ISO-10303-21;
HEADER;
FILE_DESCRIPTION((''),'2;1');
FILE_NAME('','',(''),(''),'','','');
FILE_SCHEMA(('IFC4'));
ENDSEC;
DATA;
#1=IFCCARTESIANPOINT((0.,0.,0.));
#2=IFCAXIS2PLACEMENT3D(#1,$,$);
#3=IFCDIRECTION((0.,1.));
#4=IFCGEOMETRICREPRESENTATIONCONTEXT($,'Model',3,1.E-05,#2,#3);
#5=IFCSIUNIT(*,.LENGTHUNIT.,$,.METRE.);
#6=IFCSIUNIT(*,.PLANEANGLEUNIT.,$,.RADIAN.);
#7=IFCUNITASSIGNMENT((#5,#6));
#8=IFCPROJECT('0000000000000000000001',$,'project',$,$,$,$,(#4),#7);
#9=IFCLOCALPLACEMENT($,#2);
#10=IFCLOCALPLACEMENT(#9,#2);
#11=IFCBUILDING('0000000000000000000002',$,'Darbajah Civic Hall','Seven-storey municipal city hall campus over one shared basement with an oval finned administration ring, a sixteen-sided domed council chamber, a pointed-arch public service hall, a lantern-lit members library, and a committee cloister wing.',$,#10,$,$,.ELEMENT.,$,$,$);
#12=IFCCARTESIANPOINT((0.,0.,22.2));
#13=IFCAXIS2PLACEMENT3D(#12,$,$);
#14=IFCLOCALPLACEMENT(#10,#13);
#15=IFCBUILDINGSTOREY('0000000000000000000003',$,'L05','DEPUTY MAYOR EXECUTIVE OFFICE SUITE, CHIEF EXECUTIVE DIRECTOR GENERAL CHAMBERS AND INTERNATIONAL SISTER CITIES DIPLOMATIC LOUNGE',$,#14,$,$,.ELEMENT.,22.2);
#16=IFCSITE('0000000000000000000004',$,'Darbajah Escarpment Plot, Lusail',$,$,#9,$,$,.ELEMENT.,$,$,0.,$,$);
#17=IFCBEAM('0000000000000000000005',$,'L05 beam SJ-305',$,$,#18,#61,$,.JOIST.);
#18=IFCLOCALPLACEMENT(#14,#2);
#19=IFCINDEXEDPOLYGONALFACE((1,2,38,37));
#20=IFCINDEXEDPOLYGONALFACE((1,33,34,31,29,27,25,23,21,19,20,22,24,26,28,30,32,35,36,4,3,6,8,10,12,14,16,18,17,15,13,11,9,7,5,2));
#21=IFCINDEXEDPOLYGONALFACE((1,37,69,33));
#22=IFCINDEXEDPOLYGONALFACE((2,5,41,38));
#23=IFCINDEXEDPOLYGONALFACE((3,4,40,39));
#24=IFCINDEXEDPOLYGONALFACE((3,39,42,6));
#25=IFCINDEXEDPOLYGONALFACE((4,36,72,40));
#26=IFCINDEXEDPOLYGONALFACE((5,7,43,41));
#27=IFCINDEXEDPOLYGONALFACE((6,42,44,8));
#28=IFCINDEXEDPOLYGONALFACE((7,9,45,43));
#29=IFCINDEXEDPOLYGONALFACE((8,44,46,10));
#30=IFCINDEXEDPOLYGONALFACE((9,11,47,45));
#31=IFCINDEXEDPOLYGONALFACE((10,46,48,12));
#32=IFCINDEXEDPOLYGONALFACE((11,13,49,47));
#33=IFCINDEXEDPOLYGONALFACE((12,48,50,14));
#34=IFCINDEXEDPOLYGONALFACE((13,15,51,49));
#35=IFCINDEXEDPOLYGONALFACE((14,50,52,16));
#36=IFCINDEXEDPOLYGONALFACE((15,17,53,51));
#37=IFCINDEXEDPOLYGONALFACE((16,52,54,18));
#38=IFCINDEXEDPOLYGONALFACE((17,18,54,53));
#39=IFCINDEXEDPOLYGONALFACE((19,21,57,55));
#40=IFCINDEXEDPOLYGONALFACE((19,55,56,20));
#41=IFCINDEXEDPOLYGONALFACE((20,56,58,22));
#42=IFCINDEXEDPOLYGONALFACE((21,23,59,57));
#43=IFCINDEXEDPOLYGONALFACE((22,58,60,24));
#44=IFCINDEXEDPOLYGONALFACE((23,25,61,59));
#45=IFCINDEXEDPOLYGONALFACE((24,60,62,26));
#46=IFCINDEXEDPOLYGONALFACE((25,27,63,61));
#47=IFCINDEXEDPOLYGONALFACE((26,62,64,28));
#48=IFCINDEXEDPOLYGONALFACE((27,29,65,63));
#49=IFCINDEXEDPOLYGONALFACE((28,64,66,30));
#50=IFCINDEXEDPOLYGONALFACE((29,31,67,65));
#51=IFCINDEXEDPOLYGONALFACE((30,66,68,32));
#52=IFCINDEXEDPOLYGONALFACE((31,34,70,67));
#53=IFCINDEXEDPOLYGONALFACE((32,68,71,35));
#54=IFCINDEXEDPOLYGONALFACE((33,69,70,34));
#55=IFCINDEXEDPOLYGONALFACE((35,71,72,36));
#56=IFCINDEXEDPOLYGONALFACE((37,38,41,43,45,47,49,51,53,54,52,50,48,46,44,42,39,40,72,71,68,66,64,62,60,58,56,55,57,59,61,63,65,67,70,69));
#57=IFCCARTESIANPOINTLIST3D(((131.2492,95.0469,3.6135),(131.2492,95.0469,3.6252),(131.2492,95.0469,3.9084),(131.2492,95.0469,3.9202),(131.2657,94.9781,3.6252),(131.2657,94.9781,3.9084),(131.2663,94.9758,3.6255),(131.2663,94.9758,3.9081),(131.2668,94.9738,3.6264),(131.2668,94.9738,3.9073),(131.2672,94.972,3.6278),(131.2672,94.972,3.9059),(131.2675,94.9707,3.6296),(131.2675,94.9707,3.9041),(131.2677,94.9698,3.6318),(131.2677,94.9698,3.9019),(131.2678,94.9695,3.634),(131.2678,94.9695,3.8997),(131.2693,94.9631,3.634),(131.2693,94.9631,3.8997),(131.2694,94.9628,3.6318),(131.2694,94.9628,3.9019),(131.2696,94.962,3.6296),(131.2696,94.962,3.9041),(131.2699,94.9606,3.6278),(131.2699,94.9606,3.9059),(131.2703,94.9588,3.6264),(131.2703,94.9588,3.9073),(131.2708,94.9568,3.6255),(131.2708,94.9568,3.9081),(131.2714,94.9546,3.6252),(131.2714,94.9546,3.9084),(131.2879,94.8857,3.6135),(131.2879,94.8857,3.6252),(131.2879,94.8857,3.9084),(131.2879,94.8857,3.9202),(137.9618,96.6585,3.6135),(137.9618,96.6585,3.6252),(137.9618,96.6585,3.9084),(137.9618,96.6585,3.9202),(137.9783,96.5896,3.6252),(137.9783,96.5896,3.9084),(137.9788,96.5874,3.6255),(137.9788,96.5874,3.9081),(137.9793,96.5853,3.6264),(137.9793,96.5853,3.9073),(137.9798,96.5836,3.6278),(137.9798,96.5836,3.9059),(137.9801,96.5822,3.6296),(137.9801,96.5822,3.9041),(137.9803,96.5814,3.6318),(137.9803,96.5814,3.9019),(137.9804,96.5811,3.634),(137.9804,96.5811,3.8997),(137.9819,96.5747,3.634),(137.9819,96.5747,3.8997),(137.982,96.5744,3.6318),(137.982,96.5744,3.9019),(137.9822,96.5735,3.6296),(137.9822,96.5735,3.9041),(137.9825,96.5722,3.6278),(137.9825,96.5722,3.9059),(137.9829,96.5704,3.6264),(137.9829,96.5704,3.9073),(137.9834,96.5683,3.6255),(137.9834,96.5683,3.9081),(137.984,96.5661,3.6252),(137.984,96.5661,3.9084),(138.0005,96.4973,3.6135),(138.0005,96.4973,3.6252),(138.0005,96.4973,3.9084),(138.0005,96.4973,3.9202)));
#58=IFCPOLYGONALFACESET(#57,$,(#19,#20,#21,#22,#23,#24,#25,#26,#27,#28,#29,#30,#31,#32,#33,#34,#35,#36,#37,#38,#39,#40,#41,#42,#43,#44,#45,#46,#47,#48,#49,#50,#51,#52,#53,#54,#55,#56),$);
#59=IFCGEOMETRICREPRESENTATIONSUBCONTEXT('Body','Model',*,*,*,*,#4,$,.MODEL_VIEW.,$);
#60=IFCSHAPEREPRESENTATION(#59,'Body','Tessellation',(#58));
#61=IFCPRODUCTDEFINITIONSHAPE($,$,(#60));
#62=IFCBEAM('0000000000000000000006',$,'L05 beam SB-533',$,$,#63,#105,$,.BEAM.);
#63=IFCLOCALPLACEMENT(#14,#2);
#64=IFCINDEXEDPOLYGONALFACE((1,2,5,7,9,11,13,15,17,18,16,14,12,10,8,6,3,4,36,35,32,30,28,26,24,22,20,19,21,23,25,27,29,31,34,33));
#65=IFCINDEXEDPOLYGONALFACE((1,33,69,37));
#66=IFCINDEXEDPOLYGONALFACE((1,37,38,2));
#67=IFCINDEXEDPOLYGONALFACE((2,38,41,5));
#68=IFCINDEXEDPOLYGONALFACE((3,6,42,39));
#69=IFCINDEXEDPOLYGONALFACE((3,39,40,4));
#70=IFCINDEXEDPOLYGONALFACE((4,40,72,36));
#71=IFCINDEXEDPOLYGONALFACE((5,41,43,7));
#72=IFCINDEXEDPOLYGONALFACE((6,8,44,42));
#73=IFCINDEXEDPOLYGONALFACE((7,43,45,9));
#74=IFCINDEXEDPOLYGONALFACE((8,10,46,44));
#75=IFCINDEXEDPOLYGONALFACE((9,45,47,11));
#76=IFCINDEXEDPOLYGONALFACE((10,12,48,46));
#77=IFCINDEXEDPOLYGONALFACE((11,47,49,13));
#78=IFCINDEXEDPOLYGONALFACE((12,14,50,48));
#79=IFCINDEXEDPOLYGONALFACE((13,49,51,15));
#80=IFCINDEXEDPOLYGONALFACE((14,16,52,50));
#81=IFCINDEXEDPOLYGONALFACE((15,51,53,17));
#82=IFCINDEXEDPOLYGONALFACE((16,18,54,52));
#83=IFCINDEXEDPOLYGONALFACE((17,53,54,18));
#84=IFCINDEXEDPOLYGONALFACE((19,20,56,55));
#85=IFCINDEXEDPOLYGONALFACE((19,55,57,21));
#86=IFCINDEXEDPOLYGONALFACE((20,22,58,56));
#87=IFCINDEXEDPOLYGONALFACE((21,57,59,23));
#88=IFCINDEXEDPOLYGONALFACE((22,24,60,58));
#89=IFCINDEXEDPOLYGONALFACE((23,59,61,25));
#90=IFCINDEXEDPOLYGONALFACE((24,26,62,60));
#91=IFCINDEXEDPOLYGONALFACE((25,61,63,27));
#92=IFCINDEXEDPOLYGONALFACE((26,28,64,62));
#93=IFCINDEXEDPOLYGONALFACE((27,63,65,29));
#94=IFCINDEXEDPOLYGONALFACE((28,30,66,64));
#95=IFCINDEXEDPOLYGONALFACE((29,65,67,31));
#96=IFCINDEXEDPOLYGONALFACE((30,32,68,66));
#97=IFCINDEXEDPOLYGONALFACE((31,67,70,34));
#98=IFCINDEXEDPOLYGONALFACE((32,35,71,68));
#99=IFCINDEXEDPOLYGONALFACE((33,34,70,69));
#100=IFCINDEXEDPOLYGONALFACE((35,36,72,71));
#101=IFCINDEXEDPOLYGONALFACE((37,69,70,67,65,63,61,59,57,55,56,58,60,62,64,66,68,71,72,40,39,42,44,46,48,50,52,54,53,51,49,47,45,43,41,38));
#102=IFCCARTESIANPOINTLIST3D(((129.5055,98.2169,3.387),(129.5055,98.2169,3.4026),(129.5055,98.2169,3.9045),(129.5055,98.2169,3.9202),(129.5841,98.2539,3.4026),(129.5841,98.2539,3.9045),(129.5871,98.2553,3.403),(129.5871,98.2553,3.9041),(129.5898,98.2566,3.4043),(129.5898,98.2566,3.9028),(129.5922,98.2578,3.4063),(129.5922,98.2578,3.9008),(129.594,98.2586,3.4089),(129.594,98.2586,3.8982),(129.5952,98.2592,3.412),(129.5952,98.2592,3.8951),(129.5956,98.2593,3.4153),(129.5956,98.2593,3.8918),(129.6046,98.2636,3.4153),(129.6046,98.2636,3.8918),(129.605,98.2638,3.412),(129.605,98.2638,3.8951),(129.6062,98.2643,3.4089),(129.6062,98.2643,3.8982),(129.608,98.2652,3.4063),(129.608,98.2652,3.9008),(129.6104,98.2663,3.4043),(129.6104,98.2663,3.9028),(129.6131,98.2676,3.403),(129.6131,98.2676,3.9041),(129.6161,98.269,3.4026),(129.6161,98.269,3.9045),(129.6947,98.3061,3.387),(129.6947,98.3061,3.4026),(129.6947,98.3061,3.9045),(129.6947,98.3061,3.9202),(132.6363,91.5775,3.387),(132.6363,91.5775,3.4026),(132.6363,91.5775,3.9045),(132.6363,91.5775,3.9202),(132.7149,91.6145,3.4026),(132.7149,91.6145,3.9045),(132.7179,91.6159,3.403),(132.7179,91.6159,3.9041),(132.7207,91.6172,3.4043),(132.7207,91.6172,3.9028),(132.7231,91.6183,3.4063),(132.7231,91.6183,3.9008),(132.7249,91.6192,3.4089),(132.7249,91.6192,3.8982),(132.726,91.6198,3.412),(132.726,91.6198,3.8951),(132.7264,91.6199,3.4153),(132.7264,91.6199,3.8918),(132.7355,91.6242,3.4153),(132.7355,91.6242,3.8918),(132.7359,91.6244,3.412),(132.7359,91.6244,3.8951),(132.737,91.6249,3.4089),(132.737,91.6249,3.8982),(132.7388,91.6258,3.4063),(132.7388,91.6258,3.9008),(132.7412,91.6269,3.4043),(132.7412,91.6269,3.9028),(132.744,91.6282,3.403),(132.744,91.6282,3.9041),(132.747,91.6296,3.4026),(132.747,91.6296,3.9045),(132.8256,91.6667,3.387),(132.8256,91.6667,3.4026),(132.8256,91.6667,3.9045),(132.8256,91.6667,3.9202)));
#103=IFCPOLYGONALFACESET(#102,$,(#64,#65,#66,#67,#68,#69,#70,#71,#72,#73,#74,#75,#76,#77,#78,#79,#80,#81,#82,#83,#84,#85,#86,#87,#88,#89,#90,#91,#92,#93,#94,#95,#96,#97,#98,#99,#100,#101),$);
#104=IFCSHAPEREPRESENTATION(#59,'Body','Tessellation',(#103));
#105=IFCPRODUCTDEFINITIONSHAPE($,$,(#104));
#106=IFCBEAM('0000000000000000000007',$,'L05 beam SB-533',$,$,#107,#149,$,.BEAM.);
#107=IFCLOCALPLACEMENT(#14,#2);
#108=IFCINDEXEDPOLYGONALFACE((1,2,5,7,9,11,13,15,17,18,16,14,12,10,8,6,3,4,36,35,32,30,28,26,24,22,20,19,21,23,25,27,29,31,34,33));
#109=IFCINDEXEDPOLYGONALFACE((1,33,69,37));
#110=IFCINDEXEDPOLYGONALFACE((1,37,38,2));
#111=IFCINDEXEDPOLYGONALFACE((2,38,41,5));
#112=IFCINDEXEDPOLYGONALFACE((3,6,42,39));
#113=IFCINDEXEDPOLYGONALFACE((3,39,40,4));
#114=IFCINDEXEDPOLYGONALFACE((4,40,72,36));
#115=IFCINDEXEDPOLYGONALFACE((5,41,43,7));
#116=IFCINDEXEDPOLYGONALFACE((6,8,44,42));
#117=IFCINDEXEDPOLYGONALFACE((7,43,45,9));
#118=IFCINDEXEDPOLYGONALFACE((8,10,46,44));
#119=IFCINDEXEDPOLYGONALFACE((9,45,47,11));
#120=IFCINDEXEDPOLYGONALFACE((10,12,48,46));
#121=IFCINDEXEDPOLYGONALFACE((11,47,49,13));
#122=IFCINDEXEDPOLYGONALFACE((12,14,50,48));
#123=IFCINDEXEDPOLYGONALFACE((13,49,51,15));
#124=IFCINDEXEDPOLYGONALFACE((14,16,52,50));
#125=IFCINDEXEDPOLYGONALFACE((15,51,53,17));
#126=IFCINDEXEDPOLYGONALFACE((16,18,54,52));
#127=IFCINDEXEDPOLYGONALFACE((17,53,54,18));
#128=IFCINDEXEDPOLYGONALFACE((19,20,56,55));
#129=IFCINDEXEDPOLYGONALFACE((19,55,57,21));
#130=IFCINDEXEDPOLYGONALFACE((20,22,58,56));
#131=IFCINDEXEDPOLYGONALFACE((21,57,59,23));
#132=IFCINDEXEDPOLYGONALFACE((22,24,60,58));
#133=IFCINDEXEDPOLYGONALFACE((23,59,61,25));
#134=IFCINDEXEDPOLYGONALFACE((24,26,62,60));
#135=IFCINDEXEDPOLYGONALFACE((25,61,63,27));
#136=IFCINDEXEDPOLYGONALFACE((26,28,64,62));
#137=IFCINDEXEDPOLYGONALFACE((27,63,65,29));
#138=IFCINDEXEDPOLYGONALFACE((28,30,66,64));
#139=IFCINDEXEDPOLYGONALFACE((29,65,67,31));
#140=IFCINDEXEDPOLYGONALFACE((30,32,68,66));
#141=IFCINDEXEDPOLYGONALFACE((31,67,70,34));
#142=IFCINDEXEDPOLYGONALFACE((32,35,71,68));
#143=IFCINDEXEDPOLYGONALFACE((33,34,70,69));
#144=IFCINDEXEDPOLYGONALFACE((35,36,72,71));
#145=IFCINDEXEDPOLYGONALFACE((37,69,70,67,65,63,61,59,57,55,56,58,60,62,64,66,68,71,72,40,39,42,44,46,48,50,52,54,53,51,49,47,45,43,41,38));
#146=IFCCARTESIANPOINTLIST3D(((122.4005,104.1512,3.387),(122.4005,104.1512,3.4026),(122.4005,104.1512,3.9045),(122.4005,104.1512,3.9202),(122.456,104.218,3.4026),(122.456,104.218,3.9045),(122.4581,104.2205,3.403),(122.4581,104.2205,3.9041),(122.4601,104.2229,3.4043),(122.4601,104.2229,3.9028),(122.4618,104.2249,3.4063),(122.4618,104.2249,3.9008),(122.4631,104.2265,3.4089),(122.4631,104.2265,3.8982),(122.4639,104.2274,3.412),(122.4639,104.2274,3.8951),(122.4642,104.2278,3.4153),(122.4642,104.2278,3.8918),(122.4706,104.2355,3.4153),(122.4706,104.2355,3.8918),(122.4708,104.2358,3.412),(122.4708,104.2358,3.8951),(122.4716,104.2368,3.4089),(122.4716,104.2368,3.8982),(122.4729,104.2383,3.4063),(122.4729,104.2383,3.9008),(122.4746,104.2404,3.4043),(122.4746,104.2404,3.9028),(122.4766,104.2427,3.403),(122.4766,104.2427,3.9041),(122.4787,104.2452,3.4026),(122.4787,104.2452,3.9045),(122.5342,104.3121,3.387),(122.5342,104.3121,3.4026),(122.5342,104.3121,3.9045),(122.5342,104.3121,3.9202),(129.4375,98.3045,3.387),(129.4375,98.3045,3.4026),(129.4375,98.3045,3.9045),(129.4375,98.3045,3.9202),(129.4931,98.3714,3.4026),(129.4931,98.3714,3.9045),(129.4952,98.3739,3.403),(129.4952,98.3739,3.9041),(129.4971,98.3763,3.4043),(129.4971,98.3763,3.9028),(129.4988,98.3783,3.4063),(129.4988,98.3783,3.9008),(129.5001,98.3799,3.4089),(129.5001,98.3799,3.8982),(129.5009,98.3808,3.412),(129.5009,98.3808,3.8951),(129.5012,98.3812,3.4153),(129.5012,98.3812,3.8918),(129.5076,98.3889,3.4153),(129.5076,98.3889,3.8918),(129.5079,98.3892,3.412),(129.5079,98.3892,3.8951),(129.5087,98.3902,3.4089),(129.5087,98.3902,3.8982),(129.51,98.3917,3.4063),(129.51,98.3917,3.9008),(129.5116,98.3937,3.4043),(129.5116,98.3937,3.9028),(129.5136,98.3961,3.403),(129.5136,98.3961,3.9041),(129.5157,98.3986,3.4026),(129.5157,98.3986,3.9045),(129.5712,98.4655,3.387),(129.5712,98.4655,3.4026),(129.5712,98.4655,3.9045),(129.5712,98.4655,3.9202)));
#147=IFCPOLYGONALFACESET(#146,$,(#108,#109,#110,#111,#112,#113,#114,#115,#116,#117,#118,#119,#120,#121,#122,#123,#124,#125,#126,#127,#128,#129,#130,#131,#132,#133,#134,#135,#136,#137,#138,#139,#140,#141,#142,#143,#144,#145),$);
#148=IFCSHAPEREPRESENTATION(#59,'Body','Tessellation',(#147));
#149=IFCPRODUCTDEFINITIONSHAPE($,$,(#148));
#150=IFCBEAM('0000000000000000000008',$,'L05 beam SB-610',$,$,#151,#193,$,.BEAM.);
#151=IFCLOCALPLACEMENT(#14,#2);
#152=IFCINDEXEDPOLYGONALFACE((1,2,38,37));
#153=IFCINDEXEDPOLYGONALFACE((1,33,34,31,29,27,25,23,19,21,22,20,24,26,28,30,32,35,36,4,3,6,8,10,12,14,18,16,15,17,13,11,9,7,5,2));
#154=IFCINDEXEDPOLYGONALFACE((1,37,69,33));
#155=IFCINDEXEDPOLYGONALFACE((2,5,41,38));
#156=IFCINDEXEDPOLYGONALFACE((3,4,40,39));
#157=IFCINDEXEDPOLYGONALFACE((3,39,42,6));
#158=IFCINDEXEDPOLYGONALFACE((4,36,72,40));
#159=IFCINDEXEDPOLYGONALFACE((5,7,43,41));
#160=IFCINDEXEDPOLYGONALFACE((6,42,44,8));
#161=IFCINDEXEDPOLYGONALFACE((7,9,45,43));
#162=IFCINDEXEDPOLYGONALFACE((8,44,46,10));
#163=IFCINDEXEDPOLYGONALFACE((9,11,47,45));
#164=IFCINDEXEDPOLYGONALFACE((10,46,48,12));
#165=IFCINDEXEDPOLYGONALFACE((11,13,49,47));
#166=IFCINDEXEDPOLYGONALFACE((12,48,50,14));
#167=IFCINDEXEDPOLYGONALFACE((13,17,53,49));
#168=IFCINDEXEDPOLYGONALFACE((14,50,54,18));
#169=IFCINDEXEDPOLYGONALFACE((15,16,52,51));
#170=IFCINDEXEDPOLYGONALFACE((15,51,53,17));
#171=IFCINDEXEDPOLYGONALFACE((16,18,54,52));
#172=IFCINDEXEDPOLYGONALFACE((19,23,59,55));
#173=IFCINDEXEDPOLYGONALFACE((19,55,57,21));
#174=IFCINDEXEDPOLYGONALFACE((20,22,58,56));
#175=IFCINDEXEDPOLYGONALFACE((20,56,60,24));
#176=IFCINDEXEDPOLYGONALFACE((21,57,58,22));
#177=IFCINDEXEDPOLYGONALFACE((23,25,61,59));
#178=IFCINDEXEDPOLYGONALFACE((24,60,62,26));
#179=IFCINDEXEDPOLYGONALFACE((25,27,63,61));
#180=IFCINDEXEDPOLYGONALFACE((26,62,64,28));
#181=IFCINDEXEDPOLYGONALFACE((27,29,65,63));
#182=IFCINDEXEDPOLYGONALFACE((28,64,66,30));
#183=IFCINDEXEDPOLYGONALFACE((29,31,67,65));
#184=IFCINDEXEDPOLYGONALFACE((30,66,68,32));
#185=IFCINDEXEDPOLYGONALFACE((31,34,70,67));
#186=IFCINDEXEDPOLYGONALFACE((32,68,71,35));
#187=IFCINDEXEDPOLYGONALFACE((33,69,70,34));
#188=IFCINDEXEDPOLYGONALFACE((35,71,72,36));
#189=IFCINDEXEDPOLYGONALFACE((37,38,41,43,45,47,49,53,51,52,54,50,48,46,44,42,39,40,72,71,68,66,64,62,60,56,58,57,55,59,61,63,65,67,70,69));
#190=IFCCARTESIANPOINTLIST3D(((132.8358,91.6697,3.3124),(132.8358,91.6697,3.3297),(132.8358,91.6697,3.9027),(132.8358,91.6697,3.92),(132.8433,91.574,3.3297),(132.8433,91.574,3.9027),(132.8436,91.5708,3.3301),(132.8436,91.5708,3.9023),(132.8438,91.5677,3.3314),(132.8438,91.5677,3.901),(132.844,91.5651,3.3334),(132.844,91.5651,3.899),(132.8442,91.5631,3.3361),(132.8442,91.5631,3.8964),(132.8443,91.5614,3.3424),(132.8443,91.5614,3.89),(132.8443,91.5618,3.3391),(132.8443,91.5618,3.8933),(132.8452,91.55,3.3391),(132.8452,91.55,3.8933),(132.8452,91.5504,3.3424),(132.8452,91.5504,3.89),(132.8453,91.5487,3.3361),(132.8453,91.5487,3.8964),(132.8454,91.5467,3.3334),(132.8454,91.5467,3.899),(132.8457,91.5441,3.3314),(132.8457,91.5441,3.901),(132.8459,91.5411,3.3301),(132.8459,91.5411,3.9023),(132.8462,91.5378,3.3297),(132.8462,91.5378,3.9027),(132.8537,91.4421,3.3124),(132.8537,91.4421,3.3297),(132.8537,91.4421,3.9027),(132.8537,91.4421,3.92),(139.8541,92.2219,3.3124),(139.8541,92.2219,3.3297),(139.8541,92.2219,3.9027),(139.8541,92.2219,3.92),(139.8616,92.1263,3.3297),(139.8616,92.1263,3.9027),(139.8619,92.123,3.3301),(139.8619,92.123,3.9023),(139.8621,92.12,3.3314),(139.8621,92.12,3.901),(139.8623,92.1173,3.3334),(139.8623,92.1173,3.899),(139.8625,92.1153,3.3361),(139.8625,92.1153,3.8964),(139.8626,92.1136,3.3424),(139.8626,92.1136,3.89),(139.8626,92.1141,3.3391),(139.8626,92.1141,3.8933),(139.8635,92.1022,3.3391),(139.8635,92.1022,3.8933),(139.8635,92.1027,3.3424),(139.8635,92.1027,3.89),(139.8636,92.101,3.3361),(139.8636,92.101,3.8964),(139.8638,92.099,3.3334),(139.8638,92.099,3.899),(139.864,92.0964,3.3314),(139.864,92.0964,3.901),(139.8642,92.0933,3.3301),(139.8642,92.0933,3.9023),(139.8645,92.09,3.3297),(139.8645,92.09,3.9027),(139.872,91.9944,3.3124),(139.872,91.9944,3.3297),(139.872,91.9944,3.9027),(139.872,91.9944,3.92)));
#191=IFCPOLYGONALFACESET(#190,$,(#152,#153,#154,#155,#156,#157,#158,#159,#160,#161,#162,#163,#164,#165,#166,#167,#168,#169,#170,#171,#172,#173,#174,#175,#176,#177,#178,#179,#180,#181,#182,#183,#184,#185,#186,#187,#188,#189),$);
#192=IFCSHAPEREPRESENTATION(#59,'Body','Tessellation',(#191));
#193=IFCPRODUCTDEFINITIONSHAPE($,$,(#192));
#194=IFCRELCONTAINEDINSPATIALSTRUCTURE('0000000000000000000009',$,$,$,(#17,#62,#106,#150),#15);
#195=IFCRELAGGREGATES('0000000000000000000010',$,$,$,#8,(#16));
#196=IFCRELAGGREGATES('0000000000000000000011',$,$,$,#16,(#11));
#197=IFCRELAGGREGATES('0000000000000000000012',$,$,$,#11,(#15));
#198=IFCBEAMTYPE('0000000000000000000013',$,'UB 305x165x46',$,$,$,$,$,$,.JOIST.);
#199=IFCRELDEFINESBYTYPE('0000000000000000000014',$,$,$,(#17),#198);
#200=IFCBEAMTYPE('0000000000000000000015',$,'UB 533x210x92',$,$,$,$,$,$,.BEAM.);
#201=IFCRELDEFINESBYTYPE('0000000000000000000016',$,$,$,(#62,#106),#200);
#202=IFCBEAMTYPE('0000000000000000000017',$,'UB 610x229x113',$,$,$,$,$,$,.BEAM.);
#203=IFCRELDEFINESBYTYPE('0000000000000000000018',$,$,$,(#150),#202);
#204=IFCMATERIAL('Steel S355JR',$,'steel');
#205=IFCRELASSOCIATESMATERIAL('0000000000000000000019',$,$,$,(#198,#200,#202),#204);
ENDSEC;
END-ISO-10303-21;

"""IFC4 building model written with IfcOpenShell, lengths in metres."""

from ifc_helpers import new_model, si_unit, direction, frame, origin, origin_2d, place, context, subcontext, project, spatial, i_section, extrude, material, material_profile, profile_set, type_object, element, save


model = new_model("IFC4")

# Units and contexts
model_context = context("Model", 3, precision=1e-05, world=origin(), true_north=direction((0.0, 1.0)))
body_context = subcontext(model_context, "Body", "Model", "MODEL_VIEW")
ifc_project = project(units=[si_unit("LENGTHUNIT", "METRE"), si_unit("PLANEANGLEUNIT", "RADIAN")], contexts=[model_context])

# Site, building, storey
site_placement = place(None, origin())
site = spatial("IfcSite", under=ifc_project, at=site_placement, Name="Darbajah Escarpment Plot, Lusail", CompositionType="ELEMENT", RefElevation=0.0)
building_placement = place(site_placement, origin())
building = spatial("IfcBuilding", under=site, at=building_placement, Name="Darbajah Civic Hall", Description="Seven-storey municipal city hall campus over one shared basement with an oval finned administration ring, a sixteen-sided domed council chamber, a pointed-arch public service hall, a lantern-lit members library, and a committee cloister wing.", CompositionType="ELEMENT")
storey_placement = place(building_placement, frame((0.0, 0.0, 22.2)))
storey = spatial("IfcBuildingStorey", under=building, at=storey_placement, Name="L05", Description="DEPUTY MAYOR EXECUTIVE OFFICE SUITE, CHIEF EXECUTIVE DIRECTOR GENERAL CHAMBERS AND INTERNATIONAL SISTER CITIES DIPLOMATIC LOUNGE", CompositionType="ELEMENT", Elevation=22.2)

# Beams
ifc_material_1 = material(Name="Steel S355JR", Category="steel")
ifc_material_profile_1 = material_profile(ifc_material_1, i_section(OverallWidth=0.1658, OverallDepth=0.3066, WebThickness=0.0066, FlangeThickness=0.0117, FilletRadius=0.0088, at=origin_2d()), Name="UB 305x165x46")
ifc_profile_set_1 = profile_set([ifc_material_profile_1], Name="Steel S355JR")
beam_type_1 = type_object("IfcBeamType", Name="UB 305x165x46", PredefinedType="JOIST", material=ifc_profile_set_1)
beam_1_placement = place(storey_placement, frame((131.2686, 94.9663, 3.7668), z_axis=(0.97237, 0.233447, 0.0), x_axis=(-0.233447, 0.97237, 0.0)))
element("IfcBeam", 1, at=beam_1_placement, inside=storey, type_object=beam_type_1, Name="L05 beam SJ-305", PredefinedType="JOIST", context=body_context, shape_type="SweptSolid", body=[
    extrude(i_section(OverallWidth=0.1658, OverallDepth=0.3066, WebThickness=0.0066, FlangeThickness=0.0117, FilletRadius=0.0088, at=origin_2d()), origin(), (0.0, 0.0, 1.0), 6.9033),
])
ifc_material_profile_2 = material_profile(ifc_material_1, i_section(OverallWidth=0.2092, OverallDepth=0.5332, WebThickness=0.01, FlangeThickness=0.0156, FilletRadius=0.0127, at=origin_2d()), Name="UB 533x210x92")
ifc_profile_set_2 = profile_set([ifc_material_profile_2], Name="Steel S355JR")
beam_type_2 = type_object("IfcBeamType", Name="UB 533x210x92", PredefinedType="BEAM", material=ifc_profile_set_2)
beam_2_placement = place(storey_placement, frame((132.731, 91.6221, 3.6536), z_axis=(-0.426514, 0.904481, 0.0), x_axis=(-0.904481, -0.426514, 0.0)))
element("IfcBeam", 2, at=beam_2_placement, inside=storey, type_object=beam_type_2, Name="L05 beam SB-533", PredefinedType="BEAM", context=body_context, shape_type="SweptSolid", body=[
    extrude(i_section(OverallWidth=0.2092, OverallDepth=0.5332, WebThickness=0.01, FlangeThickness=0.0156, FilletRadius=0.0127, at=origin_2d()), origin(), (0.0, 0.0, 1.0), 7.3406),
])
beam_3_placement = place(storey_placement, frame((129.5044, 98.385, 3.6536), z_axis=(-0.769165, 0.63905, 0.0), x_axis=(-0.63905, -0.769165, 0.0)))
element("IfcBeam", 3, at=beam_3_placement, inside=storey, type_object=beam_type_2, Name="L05 beam SB-533", PredefinedType="BEAM", context=body_context, shape_type="SweptSolid", body=[
    extrude(i_section(OverallWidth=0.2092, OverallDepth=0.5332, WebThickness=0.01, FlangeThickness=0.0156, FilletRadius=0.0127, at=origin_2d()), origin(), (0.0, 0.0, 1.0), 9.1489),
])
ifc_material_profile_3 = material_profile(ifc_material_1, i_section(OverallWidth=0.2283, OverallDepth=0.6077, WebThickness=0.011, FlangeThickness=0.0173, FilletRadius=0.0127, at=origin_2d()), Name="UB 610x229x113")
ifc_profile_set_3 = profile_set([ifc_material_profile_3], Name="Steel S355JR")
beam_type_3 = type_object("IfcBeamType", Name="UB 610x229x113", PredefinedType="BEAM", material=ifc_profile_set_3)
for number, where, z_axis, x_axis, name in (
    (4, (132.8447, 91.5559, 3.6162), (0.996919, 0.078444, 0.0), (-0.078444, 0.996919, 0.0), "L05 beam SB-610"),
):
    element("IfcBeam", number, at=place(storey_placement, frame(where, z_axis=z_axis, x_axis=x_axis)), inside=storey, type_object=beam_type_3, Name=name, PredefinedType="BEAM", context=body_context, shape_type="SweptSolid", body=[
        extrude(i_section(OverallWidth=0.2283, OverallDepth=0.6077, WebThickness=0.011, FlangeThickness=0.0173, FilletRadius=0.0127, at=origin_2d()), origin(), (0.0, 0.0, 1.0), 7.04),
    ])

save(model, "model.ifc")
